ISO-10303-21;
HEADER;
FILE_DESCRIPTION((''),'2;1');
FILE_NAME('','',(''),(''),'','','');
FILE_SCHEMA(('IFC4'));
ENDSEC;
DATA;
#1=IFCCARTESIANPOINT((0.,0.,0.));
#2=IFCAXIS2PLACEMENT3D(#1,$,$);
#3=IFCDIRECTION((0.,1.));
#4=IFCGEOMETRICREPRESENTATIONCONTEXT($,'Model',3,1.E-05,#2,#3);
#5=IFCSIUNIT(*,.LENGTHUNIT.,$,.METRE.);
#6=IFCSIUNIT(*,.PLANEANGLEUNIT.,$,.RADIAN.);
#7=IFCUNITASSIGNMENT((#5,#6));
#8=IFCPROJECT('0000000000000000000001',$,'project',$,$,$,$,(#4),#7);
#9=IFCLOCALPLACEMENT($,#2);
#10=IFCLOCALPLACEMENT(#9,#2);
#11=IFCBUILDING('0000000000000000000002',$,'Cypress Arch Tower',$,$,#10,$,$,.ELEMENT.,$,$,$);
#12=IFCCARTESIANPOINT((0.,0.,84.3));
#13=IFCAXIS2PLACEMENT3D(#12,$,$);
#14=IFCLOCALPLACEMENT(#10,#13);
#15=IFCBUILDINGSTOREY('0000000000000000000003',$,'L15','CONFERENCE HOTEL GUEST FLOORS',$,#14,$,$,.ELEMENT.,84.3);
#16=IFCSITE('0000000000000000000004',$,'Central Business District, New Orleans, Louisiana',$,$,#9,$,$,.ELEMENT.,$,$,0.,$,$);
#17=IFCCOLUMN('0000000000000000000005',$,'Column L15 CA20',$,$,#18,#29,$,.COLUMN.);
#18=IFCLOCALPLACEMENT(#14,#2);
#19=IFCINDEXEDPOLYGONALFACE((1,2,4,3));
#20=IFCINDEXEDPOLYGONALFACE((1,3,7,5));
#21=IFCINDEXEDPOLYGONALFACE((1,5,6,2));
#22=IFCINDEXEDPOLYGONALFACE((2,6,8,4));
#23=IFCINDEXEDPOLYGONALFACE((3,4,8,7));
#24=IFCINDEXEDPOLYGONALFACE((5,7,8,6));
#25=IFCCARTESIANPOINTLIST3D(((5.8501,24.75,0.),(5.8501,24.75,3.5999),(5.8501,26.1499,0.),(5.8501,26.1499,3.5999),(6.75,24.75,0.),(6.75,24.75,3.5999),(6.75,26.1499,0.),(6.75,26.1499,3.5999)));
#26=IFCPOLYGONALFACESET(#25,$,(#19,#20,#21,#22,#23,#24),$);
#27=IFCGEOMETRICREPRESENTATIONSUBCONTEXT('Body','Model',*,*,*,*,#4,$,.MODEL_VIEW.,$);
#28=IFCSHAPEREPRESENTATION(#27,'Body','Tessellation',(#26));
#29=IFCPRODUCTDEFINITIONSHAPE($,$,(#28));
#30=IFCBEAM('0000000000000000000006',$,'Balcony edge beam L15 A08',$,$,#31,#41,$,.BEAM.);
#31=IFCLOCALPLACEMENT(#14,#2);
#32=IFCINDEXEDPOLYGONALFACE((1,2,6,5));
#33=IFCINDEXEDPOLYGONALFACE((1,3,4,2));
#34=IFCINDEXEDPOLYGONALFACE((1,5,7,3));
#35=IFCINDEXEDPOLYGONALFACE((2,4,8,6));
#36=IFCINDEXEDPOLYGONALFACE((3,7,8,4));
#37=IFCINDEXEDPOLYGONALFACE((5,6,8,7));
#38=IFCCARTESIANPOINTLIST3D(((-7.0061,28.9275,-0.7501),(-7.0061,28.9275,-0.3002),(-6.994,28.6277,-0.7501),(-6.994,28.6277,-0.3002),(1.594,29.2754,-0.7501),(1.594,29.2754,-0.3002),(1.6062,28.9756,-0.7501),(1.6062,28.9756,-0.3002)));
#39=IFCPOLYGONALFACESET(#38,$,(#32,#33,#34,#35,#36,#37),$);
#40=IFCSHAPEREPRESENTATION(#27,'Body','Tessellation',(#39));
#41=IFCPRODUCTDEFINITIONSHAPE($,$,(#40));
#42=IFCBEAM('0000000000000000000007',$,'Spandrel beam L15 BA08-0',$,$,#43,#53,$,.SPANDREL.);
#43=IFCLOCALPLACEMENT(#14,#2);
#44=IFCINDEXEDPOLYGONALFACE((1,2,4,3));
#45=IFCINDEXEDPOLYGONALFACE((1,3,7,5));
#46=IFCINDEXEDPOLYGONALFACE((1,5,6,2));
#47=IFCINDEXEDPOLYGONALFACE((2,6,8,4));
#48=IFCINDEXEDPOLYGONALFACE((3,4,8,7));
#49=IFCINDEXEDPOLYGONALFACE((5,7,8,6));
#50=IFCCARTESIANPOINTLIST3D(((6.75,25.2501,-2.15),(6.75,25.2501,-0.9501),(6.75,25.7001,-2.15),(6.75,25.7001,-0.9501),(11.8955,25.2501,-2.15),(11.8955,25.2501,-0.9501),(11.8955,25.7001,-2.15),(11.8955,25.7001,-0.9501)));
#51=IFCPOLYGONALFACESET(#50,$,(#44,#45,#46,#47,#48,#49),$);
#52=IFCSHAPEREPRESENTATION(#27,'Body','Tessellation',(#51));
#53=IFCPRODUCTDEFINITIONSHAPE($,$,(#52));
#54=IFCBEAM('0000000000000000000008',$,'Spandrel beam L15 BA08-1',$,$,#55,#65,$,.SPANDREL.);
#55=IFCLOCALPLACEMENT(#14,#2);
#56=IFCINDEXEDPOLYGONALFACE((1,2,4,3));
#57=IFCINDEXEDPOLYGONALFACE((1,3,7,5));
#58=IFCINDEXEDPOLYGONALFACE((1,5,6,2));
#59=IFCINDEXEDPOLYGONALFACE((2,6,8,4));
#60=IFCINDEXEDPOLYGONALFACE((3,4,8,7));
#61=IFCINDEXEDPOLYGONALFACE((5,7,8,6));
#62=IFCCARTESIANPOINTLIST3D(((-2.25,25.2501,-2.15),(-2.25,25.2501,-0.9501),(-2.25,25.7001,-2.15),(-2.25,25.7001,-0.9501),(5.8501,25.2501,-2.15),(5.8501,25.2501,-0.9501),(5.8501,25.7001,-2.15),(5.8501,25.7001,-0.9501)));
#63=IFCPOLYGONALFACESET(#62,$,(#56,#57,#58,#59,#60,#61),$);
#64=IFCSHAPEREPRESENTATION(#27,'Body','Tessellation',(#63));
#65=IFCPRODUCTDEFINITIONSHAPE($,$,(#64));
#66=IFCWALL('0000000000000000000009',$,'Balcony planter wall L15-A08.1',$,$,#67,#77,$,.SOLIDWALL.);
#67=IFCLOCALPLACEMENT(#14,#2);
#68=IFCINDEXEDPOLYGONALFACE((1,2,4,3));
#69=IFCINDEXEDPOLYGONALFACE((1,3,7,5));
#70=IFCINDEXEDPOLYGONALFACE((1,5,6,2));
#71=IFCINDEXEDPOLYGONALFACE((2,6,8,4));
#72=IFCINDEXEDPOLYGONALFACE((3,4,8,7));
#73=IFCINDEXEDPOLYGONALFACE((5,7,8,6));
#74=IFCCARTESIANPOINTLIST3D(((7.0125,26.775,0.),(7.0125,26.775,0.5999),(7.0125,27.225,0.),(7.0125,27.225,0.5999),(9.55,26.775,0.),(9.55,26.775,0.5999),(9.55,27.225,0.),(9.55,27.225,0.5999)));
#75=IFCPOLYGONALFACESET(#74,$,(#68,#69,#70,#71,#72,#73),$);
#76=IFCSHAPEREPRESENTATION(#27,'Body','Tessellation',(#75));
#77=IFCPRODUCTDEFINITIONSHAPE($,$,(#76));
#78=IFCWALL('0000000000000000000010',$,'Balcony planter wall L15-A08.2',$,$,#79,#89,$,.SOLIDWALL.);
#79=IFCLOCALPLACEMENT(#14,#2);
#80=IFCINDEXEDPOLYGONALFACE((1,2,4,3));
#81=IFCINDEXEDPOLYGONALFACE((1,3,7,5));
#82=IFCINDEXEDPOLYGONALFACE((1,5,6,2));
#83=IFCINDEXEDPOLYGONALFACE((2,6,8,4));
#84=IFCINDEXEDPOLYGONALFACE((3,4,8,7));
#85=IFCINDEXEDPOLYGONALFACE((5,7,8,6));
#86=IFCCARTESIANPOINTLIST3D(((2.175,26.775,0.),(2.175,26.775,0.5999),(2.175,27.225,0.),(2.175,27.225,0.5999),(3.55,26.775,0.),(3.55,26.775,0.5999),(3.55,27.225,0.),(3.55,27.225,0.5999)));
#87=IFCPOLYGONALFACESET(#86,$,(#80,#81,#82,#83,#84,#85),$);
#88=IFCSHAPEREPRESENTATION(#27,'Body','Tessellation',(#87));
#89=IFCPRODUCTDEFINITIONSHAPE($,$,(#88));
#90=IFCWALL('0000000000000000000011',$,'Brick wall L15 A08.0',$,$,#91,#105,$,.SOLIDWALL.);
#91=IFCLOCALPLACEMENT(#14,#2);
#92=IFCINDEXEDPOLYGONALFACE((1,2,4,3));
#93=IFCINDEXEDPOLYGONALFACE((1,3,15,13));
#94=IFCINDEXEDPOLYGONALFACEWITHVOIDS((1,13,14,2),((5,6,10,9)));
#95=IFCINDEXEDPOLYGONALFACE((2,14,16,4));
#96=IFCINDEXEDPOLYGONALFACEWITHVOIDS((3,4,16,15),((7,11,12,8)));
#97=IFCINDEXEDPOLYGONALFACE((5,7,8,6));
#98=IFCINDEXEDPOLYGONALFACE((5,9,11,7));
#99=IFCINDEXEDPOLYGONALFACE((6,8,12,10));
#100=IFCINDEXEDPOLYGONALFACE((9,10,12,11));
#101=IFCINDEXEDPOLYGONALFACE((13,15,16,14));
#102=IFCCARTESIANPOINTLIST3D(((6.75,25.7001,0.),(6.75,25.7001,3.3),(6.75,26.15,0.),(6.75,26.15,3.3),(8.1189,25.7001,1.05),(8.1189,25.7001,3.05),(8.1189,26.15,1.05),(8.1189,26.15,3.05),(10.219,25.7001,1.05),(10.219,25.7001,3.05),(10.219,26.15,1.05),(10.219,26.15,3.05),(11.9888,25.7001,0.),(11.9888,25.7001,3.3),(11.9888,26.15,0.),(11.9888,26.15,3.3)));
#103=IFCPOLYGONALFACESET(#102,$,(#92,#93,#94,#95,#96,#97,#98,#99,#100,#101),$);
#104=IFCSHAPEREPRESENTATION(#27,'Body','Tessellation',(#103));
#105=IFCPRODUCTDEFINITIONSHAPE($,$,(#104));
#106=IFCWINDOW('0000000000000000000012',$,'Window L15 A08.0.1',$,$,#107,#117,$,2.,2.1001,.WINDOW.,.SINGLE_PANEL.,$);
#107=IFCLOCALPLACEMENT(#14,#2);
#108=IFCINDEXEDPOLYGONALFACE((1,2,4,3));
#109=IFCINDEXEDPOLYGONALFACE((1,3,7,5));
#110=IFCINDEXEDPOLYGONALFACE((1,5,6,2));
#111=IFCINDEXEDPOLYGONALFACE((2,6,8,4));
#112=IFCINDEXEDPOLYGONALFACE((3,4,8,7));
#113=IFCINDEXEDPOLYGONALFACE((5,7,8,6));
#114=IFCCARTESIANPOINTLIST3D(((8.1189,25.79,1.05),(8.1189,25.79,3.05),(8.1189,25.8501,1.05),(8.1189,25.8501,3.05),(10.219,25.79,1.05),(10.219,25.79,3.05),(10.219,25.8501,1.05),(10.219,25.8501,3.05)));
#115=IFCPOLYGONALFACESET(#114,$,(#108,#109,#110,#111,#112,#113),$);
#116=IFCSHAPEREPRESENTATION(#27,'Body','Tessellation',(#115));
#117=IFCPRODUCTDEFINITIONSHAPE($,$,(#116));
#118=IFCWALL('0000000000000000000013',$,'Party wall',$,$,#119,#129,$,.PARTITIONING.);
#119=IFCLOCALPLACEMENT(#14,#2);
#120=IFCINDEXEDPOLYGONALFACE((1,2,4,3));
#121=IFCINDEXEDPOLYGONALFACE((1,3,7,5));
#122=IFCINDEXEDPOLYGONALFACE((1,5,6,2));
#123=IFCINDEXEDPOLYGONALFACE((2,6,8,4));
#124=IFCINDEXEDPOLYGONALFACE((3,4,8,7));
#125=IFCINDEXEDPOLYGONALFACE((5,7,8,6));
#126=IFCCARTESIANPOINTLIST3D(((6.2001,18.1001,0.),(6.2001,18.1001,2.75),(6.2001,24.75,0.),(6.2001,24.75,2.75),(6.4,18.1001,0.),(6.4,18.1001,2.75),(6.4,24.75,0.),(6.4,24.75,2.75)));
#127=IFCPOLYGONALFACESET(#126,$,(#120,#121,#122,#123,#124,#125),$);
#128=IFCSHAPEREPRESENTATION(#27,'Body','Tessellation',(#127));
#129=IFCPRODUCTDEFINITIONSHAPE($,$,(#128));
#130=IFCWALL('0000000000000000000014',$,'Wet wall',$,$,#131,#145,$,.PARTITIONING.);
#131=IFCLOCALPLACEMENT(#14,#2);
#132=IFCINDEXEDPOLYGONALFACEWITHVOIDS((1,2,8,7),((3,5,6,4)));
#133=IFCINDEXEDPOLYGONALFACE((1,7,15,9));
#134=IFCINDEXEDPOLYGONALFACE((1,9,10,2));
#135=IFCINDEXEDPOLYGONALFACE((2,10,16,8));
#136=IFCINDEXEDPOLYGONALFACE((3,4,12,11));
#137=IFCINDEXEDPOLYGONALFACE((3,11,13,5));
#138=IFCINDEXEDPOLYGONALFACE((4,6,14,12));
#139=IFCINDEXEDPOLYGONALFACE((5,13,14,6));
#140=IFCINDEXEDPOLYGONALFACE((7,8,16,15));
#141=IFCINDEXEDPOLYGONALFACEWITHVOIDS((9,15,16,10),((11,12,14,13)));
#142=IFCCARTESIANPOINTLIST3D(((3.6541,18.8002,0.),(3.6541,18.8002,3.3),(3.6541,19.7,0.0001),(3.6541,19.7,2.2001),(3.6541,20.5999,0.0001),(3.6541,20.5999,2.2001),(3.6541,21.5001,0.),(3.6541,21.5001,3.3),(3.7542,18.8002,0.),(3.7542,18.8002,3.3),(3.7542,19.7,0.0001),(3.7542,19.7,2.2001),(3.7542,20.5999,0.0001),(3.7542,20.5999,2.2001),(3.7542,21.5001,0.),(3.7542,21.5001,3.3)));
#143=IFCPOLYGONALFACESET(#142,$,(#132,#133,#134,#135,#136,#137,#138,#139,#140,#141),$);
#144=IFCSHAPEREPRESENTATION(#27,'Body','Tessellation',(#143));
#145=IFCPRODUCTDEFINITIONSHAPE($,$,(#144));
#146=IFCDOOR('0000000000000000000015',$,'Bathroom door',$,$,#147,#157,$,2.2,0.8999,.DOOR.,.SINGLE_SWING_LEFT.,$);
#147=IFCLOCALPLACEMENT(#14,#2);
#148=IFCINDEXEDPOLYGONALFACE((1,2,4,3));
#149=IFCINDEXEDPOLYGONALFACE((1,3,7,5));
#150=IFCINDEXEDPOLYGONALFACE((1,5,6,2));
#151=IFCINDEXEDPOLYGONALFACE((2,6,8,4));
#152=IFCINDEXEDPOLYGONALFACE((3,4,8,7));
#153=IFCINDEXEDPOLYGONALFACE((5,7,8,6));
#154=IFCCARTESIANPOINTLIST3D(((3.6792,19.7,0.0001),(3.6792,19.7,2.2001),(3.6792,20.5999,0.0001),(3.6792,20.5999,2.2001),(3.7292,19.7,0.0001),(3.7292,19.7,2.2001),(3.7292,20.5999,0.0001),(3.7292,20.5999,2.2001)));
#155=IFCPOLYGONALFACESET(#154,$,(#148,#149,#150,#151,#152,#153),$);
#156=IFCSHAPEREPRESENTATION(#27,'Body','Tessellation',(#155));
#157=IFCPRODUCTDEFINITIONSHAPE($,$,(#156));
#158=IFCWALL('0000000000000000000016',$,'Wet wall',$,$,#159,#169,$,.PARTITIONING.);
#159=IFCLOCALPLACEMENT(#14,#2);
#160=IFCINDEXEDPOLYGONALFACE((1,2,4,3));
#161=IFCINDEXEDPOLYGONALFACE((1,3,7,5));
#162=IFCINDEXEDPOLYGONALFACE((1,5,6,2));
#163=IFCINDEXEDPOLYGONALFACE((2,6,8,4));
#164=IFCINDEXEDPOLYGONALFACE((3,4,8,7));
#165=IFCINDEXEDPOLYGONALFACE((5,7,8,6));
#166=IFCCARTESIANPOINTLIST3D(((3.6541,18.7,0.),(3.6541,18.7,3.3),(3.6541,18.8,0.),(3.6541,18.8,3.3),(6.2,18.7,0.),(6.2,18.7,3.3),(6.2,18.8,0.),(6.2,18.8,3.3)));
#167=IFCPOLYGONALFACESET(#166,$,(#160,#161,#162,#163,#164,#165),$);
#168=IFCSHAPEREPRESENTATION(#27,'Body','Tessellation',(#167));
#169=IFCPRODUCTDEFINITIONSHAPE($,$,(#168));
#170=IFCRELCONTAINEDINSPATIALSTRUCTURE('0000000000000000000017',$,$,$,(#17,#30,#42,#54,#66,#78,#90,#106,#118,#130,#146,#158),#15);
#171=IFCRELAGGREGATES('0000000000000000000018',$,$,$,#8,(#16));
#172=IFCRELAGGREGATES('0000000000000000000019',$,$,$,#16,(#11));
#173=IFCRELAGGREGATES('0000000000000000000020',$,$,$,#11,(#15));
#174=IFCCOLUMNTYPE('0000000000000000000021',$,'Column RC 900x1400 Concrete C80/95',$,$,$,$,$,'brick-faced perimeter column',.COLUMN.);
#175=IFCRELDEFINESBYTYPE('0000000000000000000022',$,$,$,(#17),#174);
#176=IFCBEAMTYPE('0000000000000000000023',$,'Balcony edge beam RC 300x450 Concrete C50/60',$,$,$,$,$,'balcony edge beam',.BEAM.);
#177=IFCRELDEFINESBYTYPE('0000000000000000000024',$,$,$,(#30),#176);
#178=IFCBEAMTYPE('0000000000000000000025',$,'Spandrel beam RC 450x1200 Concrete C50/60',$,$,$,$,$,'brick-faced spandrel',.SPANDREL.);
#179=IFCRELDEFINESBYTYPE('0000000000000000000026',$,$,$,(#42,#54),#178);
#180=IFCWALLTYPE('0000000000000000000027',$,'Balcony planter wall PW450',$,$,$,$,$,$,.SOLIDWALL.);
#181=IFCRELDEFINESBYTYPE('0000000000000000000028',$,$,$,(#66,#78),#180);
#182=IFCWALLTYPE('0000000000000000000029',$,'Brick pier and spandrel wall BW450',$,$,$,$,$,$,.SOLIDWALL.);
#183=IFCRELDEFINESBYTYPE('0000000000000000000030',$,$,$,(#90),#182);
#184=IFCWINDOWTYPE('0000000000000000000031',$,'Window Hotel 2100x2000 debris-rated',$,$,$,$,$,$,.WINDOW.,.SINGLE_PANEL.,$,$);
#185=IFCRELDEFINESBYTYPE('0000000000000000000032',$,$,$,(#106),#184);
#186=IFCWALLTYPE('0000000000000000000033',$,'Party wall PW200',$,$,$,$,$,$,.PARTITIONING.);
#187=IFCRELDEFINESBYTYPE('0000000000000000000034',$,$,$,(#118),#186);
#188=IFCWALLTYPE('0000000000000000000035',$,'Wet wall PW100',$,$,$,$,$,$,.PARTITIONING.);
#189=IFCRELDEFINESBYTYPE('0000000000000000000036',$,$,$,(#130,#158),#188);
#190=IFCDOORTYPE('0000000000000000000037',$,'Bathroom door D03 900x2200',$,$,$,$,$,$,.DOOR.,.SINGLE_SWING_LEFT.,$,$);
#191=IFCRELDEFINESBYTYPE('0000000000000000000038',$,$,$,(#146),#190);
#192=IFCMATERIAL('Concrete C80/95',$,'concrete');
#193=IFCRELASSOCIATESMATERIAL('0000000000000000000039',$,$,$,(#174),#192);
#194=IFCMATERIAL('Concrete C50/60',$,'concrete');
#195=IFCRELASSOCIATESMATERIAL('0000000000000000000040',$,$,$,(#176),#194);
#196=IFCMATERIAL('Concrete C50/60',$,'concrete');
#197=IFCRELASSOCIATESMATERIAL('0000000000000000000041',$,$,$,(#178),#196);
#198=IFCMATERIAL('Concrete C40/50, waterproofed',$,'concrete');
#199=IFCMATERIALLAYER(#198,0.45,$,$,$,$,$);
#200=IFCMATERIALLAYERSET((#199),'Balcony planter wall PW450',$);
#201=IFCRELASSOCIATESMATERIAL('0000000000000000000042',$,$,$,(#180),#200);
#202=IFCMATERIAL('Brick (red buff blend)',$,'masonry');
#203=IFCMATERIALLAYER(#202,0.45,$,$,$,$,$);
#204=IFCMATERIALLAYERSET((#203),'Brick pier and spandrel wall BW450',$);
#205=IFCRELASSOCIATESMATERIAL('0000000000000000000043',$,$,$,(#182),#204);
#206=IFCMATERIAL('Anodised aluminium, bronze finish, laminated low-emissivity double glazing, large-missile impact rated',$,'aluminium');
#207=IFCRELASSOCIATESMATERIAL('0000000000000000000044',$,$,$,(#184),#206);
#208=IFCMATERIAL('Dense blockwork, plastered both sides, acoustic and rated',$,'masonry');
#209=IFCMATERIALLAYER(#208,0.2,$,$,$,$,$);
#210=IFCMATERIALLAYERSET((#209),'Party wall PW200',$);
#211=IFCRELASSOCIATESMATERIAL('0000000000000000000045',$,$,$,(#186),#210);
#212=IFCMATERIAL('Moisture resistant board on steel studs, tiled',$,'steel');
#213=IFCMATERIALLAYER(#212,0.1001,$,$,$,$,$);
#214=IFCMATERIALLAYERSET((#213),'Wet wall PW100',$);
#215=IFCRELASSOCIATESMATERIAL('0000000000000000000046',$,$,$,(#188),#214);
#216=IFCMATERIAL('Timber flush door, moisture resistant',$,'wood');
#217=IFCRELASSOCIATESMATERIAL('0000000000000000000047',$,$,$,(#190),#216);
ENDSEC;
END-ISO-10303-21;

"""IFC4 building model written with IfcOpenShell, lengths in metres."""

from ifc_helpers import new_model, si_unit, direction, frame, frame_2d, origin, origin_2d, place, context, subcontext, project, spatial, rectangle, extrude, material, layer, layer_set, material_profile, profile_set, type_object, element, fill, save


model = new_model("IFC4")

# Units and contexts
model_context = context("Model", 3, precision=1e-05, world=origin(), true_north=direction((0.0, 1.0)))
body_context = subcontext(model_context, "Body", "Model", "MODEL_VIEW")
ifc_project = project(units=[si_unit("LENGTHUNIT", "METRE"), si_unit("PLANEANGLEUNIT", "RADIAN")], contexts=[model_context])

# Site, building, storey
site_placement = place(None, origin())
site = spatial("IfcSite", under=ifc_project, at=site_placement, Name="Central Business District, New Orleans, Louisiana", CompositionType="ELEMENT", RefElevation=0.0)
building_placement = place(site_placement, origin())
building = spatial("IfcBuilding", under=site, at=building_placement, Name="Cypress Arch Tower", CompositionType="ELEMENT")
storey_placement = place(building_placement, frame((0.0, 0.0, 84.3)))
storey = spatial("IfcBuildingStorey", under=building, at=storey_placement, Name="L15", Description="CONFERENCE HOTEL GUEST FLOORS", CompositionType="ELEMENT", Elevation=84.3)

# Column
ifc_material_1 = material(Name="Concrete C80/95", Category="concrete")
ifc_material_profile_1 = material_profile(ifc_material_1, rectangle(XDim=0.8999, YDim=1.3999, at=origin_2d()), Name="RC 900x1400")
ifc_profile_set_1 = profile_set([ifc_material_profile_1], Name="Concrete C80/95")
column_type = type_object("IfcColumnType", Name="Column RC 900x1400 Concrete C80/95", ElementType="brick-faced perimeter column", PredefinedType="COLUMN", material=ifc_profile_set_1)
column_placement = place(storey_placement, frame((6.3, 25.45, 0.0), z_axis=(0.0, 0.0, 1.0), x_axis=(-1.0, 0.0, 0.0)))
element("IfcColumn", 1, at=column_placement, inside=storey, type_object=column_type, Name="Column L15 CA20", PredefinedType="COLUMN", context=body_context, shape_type="SweptSolid", body=[
    extrude(rectangle(XDim=0.8999, YDim=1.3999, at=origin_2d()), origin(), (0.0, 0.0, 1.0), 3.5999),
])

# Beams
ifc_material_2 = material(Name="Concrete C50/60", Category="concrete")
ifc_material_profile_2 = material_profile(ifc_material_2, rectangle(XDim=0.3, YDim=0.45, at=origin_2d()), Name="RC 300x450")
ifc_profile_set_2 = profile_set([ifc_material_profile_2], Name="Concrete C50/60")
beam_type_1 = type_object("IfcBeamType", Name="Balcony edge beam RC 300x450 Concrete C50/60", ElementType="balcony edge beam", PredefinedType="BEAM", material=ifc_profile_set_2)
beam_1_placement = place(storey_placement, frame((1.6001, 29.1255, -0.5251), z_axis=(-0.999183, -0.04042, 0.0), x_axis=(0.04042, -0.999183, 0.0)))
element("IfcBeam", 2, at=beam_1_placement, inside=storey, type_object=beam_type_1, Name="Balcony edge beam L15 A08", PredefinedType="BEAM", context=body_context, shape_type="SweptSolid", body=[
    extrude(rectangle(XDim=0.3, YDim=0.45, at=origin_2d()), origin(), (0.0, 0.0, 1.0), 8.6072),
])
ifc_material_3 = material(Name="Concrete C50/60", Category="concrete")
ifc_material_profile_3 = material_profile(ifc_material_3, rectangle(XDim=0.45, YDim=1.2, at=origin_2d()), Name="RC 450x1200")
ifc_profile_set_3 = profile_set([ifc_material_profile_3], Name="Concrete C50/60")
beam_type_2 = type_object("IfcBeamType", Name="Spandrel beam RC 450x1200 Concrete C50/60", ElementType="brick-faced spandrel", PredefinedType="SPANDREL", material=ifc_profile_set_3)
beam_2_placement = place(storey_placement, frame((11.8955, 25.4751, -1.55), z_axis=(-1.0, 0.0, 0.0), x_axis=(0.0, -1.0, 0.0)))
element("IfcBeam", 3, at=beam_2_placement, inside=storey, type_object=beam_type_2, Name="Spandrel beam L15 BA08-0", PredefinedType="SPANDREL", context=body_context, shape_type="SweptSolid", body=[
    extrude(rectangle(XDim=0.45, YDim=1.2, at=origin_2d()), origin(), (0.0, 0.0, 1.0), 5.1455),
])
beam_3_placement = place(storey_placement, frame((5.8501, 25.4751, -1.55), z_axis=(-1.0, 0.0, 0.0), x_axis=(0.0, -1.0, 0.0)))
element("IfcBeam", 4, at=beam_3_placement, inside=storey, type_object=beam_type_2, Name="Spandrel beam L15 BA08-1", PredefinedType="SPANDREL", context=body_context, shape_type="SweptSolid", body=[
    extrude(rectangle(XDim=0.45, YDim=1.2, at=origin_2d()), origin(), (0.0, 0.0, 1.0), 8.1001),
])

# Walls
ifc_material_4 = material(Name="Concrete C40/50, waterproofed", Category="concrete")
ifc_layer_1 = layer(ifc_material_4, 0.45)
ifc_layer_set_1 = layer_set([ifc_layer_1], Name="Balcony planter wall PW450")
wall_type_1 = type_object("IfcWallType", Name="Balcony planter wall PW450", PredefinedType="SOLIDWALL", material=ifc_layer_set_1)
wall_1_placement = place(storey_placement, frame((9.55, 27.0, 0.0), z_axis=(0.0, 0.0, 1.0), x_axis=(-1.0, 0.0, 0.0)))
element("IfcWall", 5, at=wall_1_placement, inside=storey, type_object=wall_type_1, Name="Balcony planter wall L15-A08.1", PredefinedType="SOLIDWALL", context=body_context, shape_type="SweptSolid", body=[
    extrude(rectangle(XDim=2.5376, YDim=0.45, at=frame_2d((1.2688, 0.0))), origin(), (0.0, 0.0, 1.0), 0.5999),
])
wall_2_placement = place(storey_placement, frame((3.55, 27.0, 0.0), z_axis=(0.0, 0.0, 1.0), x_axis=(-1.0, 0.0, 0.0)))
element("IfcWall", 6, at=wall_2_placement, inside=storey, type_object=wall_type_1, Name="Balcony planter wall L15-A08.2", PredefinedType="SOLIDWALL", context=body_context, shape_type="SweptSolid", body=[
    extrude(rectangle(XDim=1.375, YDim=0.45, at=frame_2d((0.6875, 0.0))), origin(), (0.0, 0.0, 1.0), 0.5999),
])

# Wall, opening, window
ifc_material_5 = material(Name="Brick (red buff blend)", Category="masonry")
ifc_layer_2 = layer(ifc_material_5, 0.45)
ifc_layer_set_2 = layer_set([ifc_layer_2], Name="Brick pier and spandrel wall BW450")
wall_type_2 = type_object("IfcWallType", Name="Brick pier and spandrel wall BW450", PredefinedType="SOLIDWALL", material=ifc_layer_set_2)
wall_3_placement = place(storey_placement, frame((11.9888, 25.925, 0.0), z_axis=(0.0, 0.0, 1.0), x_axis=(-1.0, 0.0, 0.0)))
wall_3 = element("IfcWall", 7, at=wall_3_placement, inside=storey, type_object=wall_type_2, Name="Brick wall L15 A08.0", PredefinedType="SOLIDWALL", context=body_context, shape_type="SweptSolid", body=[
    extrude(rectangle(XDim=5.2388, YDim=0.45, at=frame_2d((2.6194, 0.0))), origin(), (0.0, 0.0, 1.0), 3.3),
])
opening_1_placement = place(wall_3_placement, frame((1.7698, 0.0, 1.05)))
opening_1 = element("IfcOpeningElement", 8, at=opening_1_placement, cuts=wall_3, PredefinedType="OPENING", context=body_context, shape_type="SweptSolid", body=[
    extrude(rectangle(XDim=2.1001, YDim=2.0, at=frame_2d((1.05, 1.0))), frame((0.0, 0.2349, 0.0), z_axis=(0.0, -1.0, 0.0), x_axis=(1.0, 0.0, 0.0)), (0.0, 0.0, 1.0), 0.47),
])
ifc_material_6 = material(Name="Anodised aluminium, bronze finish, laminated low-emissivity double glazing, large-missile impact rated", Category="aluminium")
window_type_1 = type_object("IfcWindowType", Name="Window Hotel 2100x2000 debris-rated", PartitioningType="SINGLE_PANEL", PredefinedType="WINDOW", material=ifc_material_6)
window_1_placement = place(opening_1_placement, origin())
window_1 = element("IfcWindow", 9, at=window_1_placement, inside=storey, type_object=window_type_1, Name="Window L15 A08.0.1", OverallHeight=2.0, OverallWidth=2.1001, PartitioningType="SINGLE_PANEL", PredefinedType="WINDOW", context=body_context, shape_type="SweptSolid", body=[
    extrude(rectangle(XDim=2.1001, YDim=2.0, at=frame_2d((1.05, 1.0))), frame((0.0, 0.135, 0.0), z_axis=(0.0, -1.0, 0.0), x_axis=(1.0, 0.0, 0.0)), (0.0, 0.0, 1.0), 0.0601),
])
fill(opening_1, window_1)

# Wall
ifc_material_7 = material(Name="Dense blockwork, plastered both sides, acoustic and rated", Category="masonry")
ifc_layer_3 = layer(ifc_material_7, 0.2)
ifc_layer_set_3 = layer_set([ifc_layer_3], Name="Party wall PW200")
wall_type_3 = type_object("IfcWallType", Name="Party wall PW200", PredefinedType="PARTITIONING", material=ifc_layer_set_3)
wall_4_placement = place(storey_placement, frame((6.3, 18.1001, 0.0), z_axis=(0.0, 0.0, 1.0), x_axis=(0.0, 1.0, 0.0)))
element("IfcWall", 10, at=wall_4_placement, inside=storey, type_object=wall_type_3, Name="Party wall", PredefinedType="PARTITIONING", context=body_context, shape_type="SweptSolid", body=[
    extrude(rectangle(XDim=6.6499, YDim=0.2, at=frame_2d((3.325, 0.0))), origin(), (0.0, 0.0, 1.0), 2.75),
])

# Wall, opening, door
ifc_material_8 = material(Name="Moisture resistant board on steel studs, tiled", Category="steel")
ifc_layer_4 = layer(ifc_material_8, 0.1001)
ifc_layer_set_4 = layer_set([ifc_layer_4], Name="Wet wall PW100")
wall_type_4 = type_object("IfcWallType", Name="Wet wall PW100", PredefinedType="PARTITIONING", material=ifc_layer_set_4)
wall_5_placement = place(storey_placement, frame((3.7041, 18.8, 0.0), z_axis=(0.0, 0.0, 1.0), x_axis=(0.0, 1.0, 0.0)))
wall_5 = element("IfcWall", 11, at=wall_5_placement, inside=storey, type_object=wall_type_4, Name="Wet wall", PredefinedType="PARTITIONING", context=body_context, shape_type="SweptSolid", body=[
    extrude(rectangle(XDim=2.7, YDim=0.1001, at=frame_2d((1.3501, 0.0))), origin(), (0.0, 0.0, 1.0), 3.3),
])
opening_2_placement = place(wall_5_placement, frame((0.8999, 0.0, 0.0)))
opening_2 = element("IfcOpeningElement", 12, at=opening_2_placement, cuts=wall_5, PredefinedType="OPENING", context=body_context, shape_type="SweptSolid", body=[
    extrude(rectangle(XDim=0.8999, YDim=2.2, at=frame_2d((0.45, 1.1001))), frame((0.0, 0.0601, 0.0), z_axis=(0.0, -1.0, 0.0), x_axis=(1.0, 0.0, 0.0)), (0.0, 0.0, 1.0), 0.1201),
])
ifc_material_9 = material(Name="Timber flush door, moisture resistant", Category="wood")
door_type_1 = type_object("IfcDoorType", Name="Bathroom door D03 900x2200", OperationType="SINGLE_SWING_LEFT", PredefinedType="DOOR", material=ifc_material_9)
door_1_placement = place(opening_2_placement, origin())
door_1 = element("IfcDoor", 13, at=door_1_placement, inside=storey, type_object=door_type_1, Name="Bathroom door", OperationType="SINGLE_SWING_LEFT", OverallHeight=2.2, OverallWidth=0.8999, PredefinedType="DOOR", context=body_context, shape_type="SweptSolid", body=[
    extrude(rectangle(XDim=0.8999, YDim=2.2, at=frame_2d((0.45, 1.1001))), frame((0.0, 0.0249, 0.0), z_axis=(0.0, -1.0, 0.0), x_axis=(1.0, 0.0, 0.0)), (0.0, 0.0, 1.0), 0.05),
])
fill(opening_2, door_1)

# Wall
for number, where, z_axis, x_axis, name in (
    (14, (3.6541, 18.75, 0.0), (0.0, 0.0, 1.0), (1.0, 0.0, 0.0), "Wet wall"),
):
    element("IfcWall", number, at=place(storey_placement, frame(where, z_axis=z_axis, x_axis=x_axis)), inside=storey, type_object=wall_type_4, Name=name, PredefinedType="PARTITIONING", context=body_context, shape_type="SweptSolid", body=[
        extrude(rectangle(XDim=2.5459, YDim=0.1001, at=frame_2d((1.2729, 0.0))), origin(), (0.0, 0.0, 1.0), 3.3),
    ])

save(model, "model.ifc")
